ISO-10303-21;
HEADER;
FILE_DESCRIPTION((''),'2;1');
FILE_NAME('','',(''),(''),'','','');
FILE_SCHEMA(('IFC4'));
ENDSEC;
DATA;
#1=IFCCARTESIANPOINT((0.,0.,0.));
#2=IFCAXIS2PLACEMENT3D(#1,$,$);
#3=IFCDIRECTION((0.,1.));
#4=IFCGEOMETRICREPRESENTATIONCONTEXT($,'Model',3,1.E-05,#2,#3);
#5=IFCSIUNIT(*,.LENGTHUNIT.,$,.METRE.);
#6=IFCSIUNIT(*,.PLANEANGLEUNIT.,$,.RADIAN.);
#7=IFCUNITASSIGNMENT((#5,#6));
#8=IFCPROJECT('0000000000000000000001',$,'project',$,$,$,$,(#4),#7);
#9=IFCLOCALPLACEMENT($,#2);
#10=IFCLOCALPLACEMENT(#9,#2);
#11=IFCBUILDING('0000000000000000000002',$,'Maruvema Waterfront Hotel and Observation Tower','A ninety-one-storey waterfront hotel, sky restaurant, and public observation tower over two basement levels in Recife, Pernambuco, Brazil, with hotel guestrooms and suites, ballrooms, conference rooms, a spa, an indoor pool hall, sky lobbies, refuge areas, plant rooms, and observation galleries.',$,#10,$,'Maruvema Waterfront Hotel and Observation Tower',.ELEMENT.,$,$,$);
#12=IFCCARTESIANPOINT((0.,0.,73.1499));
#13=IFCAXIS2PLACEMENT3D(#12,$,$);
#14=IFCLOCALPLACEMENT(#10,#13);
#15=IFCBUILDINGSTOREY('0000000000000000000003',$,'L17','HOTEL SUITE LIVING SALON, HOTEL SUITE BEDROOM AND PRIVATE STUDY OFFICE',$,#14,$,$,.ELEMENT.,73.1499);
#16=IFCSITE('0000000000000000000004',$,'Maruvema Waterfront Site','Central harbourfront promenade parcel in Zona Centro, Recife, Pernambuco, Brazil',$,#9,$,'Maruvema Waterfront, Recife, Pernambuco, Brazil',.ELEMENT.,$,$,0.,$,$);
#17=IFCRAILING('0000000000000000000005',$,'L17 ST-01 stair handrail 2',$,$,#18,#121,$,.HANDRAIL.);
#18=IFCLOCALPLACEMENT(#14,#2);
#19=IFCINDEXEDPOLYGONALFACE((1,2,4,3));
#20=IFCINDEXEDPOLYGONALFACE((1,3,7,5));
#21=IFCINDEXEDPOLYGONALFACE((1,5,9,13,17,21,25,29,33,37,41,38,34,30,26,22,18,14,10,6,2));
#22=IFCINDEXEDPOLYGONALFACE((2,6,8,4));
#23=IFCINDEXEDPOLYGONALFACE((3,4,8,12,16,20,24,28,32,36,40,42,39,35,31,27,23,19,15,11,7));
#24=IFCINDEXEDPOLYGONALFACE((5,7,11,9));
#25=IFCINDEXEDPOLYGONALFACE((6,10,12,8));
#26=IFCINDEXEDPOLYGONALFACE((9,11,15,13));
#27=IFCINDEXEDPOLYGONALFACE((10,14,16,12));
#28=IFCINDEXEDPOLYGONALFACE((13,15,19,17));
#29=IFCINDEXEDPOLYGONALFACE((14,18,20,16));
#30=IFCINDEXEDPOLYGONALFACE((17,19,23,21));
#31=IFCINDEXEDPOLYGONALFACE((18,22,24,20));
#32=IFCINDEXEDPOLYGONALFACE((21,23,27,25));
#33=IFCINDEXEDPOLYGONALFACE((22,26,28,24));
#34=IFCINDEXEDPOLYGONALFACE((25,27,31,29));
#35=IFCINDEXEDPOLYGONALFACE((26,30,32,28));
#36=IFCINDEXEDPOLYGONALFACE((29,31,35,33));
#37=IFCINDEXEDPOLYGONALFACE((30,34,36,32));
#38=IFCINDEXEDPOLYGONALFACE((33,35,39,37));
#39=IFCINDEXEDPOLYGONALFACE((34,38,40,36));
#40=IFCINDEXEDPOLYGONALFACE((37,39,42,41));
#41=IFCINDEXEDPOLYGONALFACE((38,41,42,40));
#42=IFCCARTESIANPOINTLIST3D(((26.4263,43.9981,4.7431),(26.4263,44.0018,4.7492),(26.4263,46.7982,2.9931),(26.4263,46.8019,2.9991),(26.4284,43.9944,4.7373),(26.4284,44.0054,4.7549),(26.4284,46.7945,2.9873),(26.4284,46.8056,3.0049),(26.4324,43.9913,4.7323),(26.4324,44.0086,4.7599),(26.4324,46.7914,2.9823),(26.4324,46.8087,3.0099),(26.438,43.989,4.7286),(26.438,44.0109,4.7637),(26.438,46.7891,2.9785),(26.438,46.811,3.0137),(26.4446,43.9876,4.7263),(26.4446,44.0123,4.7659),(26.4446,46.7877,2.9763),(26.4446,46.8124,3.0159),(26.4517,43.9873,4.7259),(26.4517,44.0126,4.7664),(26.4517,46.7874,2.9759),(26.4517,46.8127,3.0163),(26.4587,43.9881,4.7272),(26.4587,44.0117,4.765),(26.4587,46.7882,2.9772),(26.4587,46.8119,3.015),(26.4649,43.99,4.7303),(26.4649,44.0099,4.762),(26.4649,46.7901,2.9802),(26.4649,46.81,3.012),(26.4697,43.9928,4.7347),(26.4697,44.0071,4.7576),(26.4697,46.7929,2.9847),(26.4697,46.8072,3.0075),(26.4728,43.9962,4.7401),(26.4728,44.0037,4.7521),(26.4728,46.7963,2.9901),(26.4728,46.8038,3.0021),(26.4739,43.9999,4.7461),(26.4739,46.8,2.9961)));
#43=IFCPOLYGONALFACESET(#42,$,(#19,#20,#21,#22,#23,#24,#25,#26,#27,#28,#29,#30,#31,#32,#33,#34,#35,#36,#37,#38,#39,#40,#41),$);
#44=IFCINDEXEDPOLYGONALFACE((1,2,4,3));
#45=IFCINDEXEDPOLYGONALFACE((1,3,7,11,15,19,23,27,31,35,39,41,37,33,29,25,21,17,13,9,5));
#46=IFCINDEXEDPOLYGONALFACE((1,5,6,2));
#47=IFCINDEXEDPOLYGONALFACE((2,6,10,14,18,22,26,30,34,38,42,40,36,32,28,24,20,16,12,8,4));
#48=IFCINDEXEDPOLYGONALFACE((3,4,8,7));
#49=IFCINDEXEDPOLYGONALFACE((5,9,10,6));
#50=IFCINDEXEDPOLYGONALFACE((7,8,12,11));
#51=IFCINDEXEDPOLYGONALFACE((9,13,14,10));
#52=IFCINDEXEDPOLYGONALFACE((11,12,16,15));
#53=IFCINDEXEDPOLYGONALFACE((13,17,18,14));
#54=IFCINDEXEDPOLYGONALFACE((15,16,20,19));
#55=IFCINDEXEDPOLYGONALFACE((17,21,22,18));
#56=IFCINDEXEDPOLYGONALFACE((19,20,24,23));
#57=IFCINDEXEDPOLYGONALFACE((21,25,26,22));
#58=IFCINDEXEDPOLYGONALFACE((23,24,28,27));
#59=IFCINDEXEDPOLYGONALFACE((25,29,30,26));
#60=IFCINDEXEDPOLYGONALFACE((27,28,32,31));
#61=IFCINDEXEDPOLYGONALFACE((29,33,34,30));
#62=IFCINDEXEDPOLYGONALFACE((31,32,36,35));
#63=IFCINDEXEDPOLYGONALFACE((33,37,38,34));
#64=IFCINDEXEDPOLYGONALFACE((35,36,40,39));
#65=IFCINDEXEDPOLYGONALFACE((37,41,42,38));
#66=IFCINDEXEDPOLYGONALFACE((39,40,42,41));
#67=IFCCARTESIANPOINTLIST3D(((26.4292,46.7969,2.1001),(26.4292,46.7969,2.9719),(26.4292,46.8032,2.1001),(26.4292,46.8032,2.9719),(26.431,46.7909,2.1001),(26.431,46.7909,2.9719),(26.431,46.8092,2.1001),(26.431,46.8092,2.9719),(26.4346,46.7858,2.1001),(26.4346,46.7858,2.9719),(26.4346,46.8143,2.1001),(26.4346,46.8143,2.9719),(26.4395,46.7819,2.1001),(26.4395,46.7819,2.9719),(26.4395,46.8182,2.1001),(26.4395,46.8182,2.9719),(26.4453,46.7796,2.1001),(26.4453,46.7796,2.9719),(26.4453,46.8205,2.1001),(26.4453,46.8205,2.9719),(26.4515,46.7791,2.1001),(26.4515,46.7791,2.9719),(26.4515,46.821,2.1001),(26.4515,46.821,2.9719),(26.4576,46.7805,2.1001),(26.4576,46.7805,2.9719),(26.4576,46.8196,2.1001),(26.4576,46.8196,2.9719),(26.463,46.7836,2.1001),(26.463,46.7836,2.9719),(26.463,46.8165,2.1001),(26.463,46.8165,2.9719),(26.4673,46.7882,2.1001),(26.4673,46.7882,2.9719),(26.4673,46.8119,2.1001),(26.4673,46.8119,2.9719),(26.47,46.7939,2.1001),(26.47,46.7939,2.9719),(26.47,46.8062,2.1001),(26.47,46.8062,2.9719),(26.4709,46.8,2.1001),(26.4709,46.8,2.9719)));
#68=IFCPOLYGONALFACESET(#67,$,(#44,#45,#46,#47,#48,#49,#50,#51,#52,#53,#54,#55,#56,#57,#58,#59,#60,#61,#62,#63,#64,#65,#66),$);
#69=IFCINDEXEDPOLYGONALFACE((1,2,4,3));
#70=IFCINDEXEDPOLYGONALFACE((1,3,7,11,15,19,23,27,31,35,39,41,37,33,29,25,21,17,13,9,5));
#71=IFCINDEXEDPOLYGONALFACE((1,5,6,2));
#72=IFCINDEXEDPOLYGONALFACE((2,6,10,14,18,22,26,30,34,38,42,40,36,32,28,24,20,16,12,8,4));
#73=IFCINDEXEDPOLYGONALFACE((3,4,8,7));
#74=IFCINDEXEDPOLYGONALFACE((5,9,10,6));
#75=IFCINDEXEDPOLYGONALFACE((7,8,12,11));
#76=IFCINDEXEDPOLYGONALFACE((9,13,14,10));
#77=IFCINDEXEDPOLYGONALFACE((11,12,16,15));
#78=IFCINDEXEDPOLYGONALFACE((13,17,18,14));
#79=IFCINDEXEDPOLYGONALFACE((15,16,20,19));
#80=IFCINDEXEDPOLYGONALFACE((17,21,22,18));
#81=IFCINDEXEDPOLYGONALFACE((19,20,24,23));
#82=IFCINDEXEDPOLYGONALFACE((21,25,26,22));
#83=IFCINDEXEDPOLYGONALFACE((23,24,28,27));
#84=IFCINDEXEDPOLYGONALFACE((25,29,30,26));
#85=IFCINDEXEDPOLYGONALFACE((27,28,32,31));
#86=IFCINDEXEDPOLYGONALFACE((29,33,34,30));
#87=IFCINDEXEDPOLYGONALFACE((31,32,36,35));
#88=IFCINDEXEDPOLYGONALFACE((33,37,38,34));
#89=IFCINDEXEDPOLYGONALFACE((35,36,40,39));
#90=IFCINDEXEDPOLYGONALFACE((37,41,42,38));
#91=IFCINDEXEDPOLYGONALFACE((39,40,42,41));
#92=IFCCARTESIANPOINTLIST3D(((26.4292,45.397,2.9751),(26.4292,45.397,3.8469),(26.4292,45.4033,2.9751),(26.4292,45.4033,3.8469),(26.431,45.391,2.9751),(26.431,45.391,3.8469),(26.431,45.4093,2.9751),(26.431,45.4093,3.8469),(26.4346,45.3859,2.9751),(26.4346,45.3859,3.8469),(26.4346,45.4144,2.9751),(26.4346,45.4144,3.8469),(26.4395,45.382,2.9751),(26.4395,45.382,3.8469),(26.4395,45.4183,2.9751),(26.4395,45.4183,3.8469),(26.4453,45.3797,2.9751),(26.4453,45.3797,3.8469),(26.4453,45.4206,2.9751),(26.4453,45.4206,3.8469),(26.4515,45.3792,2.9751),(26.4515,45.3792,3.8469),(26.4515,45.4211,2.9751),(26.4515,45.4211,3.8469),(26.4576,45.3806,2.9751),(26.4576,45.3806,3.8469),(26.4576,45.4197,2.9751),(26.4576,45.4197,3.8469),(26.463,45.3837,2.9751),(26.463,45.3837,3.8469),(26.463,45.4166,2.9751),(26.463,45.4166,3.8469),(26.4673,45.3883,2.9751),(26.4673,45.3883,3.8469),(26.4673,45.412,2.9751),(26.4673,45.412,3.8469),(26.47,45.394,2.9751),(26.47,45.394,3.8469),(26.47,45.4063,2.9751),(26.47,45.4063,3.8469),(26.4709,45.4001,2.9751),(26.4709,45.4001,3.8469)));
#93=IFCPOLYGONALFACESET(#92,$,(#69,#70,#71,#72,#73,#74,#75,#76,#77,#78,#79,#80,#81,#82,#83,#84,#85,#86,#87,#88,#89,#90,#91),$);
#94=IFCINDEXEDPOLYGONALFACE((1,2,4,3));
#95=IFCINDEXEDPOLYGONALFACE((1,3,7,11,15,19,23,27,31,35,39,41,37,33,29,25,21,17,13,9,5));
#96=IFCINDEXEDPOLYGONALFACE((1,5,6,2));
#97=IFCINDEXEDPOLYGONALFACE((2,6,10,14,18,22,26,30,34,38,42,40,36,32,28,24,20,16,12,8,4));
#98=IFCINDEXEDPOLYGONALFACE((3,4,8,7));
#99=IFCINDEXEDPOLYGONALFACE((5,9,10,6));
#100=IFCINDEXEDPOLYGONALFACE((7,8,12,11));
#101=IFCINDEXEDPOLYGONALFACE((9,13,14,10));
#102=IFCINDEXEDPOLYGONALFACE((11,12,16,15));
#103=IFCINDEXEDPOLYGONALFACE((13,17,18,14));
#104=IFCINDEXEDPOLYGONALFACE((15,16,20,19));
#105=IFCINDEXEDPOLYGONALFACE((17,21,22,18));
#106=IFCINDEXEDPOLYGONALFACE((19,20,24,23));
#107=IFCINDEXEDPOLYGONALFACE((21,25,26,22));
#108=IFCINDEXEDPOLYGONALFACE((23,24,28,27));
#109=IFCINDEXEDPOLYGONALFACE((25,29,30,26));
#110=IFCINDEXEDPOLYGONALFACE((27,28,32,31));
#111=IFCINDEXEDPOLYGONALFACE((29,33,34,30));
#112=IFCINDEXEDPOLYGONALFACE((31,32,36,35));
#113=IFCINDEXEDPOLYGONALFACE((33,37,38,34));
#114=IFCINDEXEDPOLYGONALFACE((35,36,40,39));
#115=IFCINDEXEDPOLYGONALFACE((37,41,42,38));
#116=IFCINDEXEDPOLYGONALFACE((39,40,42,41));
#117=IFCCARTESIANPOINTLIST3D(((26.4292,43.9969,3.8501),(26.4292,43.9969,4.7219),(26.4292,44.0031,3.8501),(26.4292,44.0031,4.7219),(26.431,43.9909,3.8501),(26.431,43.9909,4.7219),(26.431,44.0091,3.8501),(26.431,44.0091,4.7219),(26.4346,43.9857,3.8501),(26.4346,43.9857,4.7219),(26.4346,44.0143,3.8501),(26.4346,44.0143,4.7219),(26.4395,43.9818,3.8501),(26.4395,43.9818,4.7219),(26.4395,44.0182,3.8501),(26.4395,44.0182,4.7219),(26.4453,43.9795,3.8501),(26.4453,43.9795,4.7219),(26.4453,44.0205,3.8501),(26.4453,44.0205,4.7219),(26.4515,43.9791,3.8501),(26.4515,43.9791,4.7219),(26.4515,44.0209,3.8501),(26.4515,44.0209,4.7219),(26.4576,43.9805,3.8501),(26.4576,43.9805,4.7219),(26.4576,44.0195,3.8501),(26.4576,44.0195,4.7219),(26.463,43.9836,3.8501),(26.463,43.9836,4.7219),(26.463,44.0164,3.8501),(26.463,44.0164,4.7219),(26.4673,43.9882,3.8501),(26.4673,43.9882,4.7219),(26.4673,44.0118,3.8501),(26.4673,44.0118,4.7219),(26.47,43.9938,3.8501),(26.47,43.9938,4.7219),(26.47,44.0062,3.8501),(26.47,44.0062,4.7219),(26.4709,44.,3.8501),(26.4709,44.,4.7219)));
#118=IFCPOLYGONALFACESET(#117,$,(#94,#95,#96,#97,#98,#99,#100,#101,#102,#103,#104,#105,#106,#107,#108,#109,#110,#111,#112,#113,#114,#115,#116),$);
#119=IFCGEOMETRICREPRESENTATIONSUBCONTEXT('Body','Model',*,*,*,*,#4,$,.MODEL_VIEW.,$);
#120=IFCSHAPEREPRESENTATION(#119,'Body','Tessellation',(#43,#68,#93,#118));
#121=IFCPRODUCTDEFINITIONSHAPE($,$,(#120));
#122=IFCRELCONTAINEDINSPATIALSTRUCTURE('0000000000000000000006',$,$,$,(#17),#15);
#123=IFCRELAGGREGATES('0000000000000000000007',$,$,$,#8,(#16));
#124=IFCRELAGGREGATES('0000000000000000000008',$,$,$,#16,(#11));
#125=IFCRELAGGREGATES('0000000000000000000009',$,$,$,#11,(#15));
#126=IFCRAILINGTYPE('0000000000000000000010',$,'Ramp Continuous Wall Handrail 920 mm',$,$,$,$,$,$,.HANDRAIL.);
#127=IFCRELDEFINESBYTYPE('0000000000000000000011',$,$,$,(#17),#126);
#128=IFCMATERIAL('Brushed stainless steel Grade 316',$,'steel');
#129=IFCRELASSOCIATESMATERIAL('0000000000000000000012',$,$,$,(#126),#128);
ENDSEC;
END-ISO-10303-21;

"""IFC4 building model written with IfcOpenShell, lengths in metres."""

from ifc_helpers import new_model, si_unit, direction, frame, origin, origin_2d, place, context, subcontext, project, spatial, circle, extrude, material, type_object, element, save


model = new_model("IFC4")

# Units and contexts
model_context = context("Model", 3, precision=1e-05, world=origin(), true_north=direction((0.0, 1.0)))
body_context = subcontext(model_context, "Body", "Model", "MODEL_VIEW")
ifc_project = project(units=[si_unit("LENGTHUNIT", "METRE"), si_unit("PLANEANGLEUNIT", "RADIAN")], contexts=[model_context])

# Site, building, storey
site_placement = place(None, origin())
site = spatial("IfcSite", under=ifc_project, at=site_placement, Name="Maruvema Waterfront Site", Description="Central harbourfront promenade parcel in Zona Centro, Recife, Pernambuco, Brazil", LongName="Maruvema Waterfront, Recife, Pernambuco, Brazil", CompositionType="ELEMENT", RefElevation=0.0)
building_placement = place(site_placement, origin())
building = spatial("IfcBuilding", under=site, at=building_placement, Name="Maruvema Waterfront Hotel and Observation Tower", Description="A ninety-one-storey waterfront hotel, sky restaurant, and public observation tower over two basement levels in Recife, Pernambuco, Brazil, with hotel guestrooms and suites, ballrooms, conference rooms, a spa, an indoor pool hall, sky lobbies, refuge areas, plant rooms, and observation galleries.", LongName="Maruvema Waterfront Hotel and Observation Tower", CompositionType="ELEMENT")
storey_placement = place(building_placement, frame((0.0, 0.0, 73.1499)))
storey = spatial("IfcBuildingStorey", under=building, at=storey_placement, Name="L17", Description="HOTEL SUITE LIVING SALON, HOTEL SUITE BEDROOM AND PRIVATE STUDY OFFICE", CompositionType="ELEMENT", Elevation=73.1499)

# Railing
ifc_material_1 = material(Name="Brushed stainless steel Grade 316", Category="steel")
railing_type_1 = type_object("IfcRailingType", Name="Ramp Continuous Wall Handrail 920 mm", PredefinedType="HANDRAIL", material=ifc_material_1)
railing_1_placement = place(storey_placement, frame((26.45, 46.8, 2.1001)))
element("IfcRailing", 1, at=railing_1_placement, inside=storey, type_object=railing_type_1, Name="L17 ST-01 stair handrail 2", PredefinedType="HANDRAIL", context=body_context, shape_type="SweptSolid", body=[
    extrude(circle(Radius=0.0239, at=origin_2d()), frame((0.0, 0.0, 0.896), z_axis=(0.0, -0.848002, 0.529992), x_axis=(1.0, 0.0, 0.0)), (0.0, 0.0, 1.0), 3.302),
    extrude(circle(Radius=0.021, at=origin_2d()), origin(), (0.0, 0.0, 1.0), 0.8718),
    extrude(circle(Radius=0.021, at=origin_2d()), frame((0.0, -1.3999, 0.875)), (0.0, 0.0, 1.0), 0.8718),
    extrude(circle(Radius=0.021, at=origin_2d()), frame((0.0, -2.8, 1.75)), (0.0, 0.0, 1.0), 0.8718),
])

save(model, "model.ifc")
